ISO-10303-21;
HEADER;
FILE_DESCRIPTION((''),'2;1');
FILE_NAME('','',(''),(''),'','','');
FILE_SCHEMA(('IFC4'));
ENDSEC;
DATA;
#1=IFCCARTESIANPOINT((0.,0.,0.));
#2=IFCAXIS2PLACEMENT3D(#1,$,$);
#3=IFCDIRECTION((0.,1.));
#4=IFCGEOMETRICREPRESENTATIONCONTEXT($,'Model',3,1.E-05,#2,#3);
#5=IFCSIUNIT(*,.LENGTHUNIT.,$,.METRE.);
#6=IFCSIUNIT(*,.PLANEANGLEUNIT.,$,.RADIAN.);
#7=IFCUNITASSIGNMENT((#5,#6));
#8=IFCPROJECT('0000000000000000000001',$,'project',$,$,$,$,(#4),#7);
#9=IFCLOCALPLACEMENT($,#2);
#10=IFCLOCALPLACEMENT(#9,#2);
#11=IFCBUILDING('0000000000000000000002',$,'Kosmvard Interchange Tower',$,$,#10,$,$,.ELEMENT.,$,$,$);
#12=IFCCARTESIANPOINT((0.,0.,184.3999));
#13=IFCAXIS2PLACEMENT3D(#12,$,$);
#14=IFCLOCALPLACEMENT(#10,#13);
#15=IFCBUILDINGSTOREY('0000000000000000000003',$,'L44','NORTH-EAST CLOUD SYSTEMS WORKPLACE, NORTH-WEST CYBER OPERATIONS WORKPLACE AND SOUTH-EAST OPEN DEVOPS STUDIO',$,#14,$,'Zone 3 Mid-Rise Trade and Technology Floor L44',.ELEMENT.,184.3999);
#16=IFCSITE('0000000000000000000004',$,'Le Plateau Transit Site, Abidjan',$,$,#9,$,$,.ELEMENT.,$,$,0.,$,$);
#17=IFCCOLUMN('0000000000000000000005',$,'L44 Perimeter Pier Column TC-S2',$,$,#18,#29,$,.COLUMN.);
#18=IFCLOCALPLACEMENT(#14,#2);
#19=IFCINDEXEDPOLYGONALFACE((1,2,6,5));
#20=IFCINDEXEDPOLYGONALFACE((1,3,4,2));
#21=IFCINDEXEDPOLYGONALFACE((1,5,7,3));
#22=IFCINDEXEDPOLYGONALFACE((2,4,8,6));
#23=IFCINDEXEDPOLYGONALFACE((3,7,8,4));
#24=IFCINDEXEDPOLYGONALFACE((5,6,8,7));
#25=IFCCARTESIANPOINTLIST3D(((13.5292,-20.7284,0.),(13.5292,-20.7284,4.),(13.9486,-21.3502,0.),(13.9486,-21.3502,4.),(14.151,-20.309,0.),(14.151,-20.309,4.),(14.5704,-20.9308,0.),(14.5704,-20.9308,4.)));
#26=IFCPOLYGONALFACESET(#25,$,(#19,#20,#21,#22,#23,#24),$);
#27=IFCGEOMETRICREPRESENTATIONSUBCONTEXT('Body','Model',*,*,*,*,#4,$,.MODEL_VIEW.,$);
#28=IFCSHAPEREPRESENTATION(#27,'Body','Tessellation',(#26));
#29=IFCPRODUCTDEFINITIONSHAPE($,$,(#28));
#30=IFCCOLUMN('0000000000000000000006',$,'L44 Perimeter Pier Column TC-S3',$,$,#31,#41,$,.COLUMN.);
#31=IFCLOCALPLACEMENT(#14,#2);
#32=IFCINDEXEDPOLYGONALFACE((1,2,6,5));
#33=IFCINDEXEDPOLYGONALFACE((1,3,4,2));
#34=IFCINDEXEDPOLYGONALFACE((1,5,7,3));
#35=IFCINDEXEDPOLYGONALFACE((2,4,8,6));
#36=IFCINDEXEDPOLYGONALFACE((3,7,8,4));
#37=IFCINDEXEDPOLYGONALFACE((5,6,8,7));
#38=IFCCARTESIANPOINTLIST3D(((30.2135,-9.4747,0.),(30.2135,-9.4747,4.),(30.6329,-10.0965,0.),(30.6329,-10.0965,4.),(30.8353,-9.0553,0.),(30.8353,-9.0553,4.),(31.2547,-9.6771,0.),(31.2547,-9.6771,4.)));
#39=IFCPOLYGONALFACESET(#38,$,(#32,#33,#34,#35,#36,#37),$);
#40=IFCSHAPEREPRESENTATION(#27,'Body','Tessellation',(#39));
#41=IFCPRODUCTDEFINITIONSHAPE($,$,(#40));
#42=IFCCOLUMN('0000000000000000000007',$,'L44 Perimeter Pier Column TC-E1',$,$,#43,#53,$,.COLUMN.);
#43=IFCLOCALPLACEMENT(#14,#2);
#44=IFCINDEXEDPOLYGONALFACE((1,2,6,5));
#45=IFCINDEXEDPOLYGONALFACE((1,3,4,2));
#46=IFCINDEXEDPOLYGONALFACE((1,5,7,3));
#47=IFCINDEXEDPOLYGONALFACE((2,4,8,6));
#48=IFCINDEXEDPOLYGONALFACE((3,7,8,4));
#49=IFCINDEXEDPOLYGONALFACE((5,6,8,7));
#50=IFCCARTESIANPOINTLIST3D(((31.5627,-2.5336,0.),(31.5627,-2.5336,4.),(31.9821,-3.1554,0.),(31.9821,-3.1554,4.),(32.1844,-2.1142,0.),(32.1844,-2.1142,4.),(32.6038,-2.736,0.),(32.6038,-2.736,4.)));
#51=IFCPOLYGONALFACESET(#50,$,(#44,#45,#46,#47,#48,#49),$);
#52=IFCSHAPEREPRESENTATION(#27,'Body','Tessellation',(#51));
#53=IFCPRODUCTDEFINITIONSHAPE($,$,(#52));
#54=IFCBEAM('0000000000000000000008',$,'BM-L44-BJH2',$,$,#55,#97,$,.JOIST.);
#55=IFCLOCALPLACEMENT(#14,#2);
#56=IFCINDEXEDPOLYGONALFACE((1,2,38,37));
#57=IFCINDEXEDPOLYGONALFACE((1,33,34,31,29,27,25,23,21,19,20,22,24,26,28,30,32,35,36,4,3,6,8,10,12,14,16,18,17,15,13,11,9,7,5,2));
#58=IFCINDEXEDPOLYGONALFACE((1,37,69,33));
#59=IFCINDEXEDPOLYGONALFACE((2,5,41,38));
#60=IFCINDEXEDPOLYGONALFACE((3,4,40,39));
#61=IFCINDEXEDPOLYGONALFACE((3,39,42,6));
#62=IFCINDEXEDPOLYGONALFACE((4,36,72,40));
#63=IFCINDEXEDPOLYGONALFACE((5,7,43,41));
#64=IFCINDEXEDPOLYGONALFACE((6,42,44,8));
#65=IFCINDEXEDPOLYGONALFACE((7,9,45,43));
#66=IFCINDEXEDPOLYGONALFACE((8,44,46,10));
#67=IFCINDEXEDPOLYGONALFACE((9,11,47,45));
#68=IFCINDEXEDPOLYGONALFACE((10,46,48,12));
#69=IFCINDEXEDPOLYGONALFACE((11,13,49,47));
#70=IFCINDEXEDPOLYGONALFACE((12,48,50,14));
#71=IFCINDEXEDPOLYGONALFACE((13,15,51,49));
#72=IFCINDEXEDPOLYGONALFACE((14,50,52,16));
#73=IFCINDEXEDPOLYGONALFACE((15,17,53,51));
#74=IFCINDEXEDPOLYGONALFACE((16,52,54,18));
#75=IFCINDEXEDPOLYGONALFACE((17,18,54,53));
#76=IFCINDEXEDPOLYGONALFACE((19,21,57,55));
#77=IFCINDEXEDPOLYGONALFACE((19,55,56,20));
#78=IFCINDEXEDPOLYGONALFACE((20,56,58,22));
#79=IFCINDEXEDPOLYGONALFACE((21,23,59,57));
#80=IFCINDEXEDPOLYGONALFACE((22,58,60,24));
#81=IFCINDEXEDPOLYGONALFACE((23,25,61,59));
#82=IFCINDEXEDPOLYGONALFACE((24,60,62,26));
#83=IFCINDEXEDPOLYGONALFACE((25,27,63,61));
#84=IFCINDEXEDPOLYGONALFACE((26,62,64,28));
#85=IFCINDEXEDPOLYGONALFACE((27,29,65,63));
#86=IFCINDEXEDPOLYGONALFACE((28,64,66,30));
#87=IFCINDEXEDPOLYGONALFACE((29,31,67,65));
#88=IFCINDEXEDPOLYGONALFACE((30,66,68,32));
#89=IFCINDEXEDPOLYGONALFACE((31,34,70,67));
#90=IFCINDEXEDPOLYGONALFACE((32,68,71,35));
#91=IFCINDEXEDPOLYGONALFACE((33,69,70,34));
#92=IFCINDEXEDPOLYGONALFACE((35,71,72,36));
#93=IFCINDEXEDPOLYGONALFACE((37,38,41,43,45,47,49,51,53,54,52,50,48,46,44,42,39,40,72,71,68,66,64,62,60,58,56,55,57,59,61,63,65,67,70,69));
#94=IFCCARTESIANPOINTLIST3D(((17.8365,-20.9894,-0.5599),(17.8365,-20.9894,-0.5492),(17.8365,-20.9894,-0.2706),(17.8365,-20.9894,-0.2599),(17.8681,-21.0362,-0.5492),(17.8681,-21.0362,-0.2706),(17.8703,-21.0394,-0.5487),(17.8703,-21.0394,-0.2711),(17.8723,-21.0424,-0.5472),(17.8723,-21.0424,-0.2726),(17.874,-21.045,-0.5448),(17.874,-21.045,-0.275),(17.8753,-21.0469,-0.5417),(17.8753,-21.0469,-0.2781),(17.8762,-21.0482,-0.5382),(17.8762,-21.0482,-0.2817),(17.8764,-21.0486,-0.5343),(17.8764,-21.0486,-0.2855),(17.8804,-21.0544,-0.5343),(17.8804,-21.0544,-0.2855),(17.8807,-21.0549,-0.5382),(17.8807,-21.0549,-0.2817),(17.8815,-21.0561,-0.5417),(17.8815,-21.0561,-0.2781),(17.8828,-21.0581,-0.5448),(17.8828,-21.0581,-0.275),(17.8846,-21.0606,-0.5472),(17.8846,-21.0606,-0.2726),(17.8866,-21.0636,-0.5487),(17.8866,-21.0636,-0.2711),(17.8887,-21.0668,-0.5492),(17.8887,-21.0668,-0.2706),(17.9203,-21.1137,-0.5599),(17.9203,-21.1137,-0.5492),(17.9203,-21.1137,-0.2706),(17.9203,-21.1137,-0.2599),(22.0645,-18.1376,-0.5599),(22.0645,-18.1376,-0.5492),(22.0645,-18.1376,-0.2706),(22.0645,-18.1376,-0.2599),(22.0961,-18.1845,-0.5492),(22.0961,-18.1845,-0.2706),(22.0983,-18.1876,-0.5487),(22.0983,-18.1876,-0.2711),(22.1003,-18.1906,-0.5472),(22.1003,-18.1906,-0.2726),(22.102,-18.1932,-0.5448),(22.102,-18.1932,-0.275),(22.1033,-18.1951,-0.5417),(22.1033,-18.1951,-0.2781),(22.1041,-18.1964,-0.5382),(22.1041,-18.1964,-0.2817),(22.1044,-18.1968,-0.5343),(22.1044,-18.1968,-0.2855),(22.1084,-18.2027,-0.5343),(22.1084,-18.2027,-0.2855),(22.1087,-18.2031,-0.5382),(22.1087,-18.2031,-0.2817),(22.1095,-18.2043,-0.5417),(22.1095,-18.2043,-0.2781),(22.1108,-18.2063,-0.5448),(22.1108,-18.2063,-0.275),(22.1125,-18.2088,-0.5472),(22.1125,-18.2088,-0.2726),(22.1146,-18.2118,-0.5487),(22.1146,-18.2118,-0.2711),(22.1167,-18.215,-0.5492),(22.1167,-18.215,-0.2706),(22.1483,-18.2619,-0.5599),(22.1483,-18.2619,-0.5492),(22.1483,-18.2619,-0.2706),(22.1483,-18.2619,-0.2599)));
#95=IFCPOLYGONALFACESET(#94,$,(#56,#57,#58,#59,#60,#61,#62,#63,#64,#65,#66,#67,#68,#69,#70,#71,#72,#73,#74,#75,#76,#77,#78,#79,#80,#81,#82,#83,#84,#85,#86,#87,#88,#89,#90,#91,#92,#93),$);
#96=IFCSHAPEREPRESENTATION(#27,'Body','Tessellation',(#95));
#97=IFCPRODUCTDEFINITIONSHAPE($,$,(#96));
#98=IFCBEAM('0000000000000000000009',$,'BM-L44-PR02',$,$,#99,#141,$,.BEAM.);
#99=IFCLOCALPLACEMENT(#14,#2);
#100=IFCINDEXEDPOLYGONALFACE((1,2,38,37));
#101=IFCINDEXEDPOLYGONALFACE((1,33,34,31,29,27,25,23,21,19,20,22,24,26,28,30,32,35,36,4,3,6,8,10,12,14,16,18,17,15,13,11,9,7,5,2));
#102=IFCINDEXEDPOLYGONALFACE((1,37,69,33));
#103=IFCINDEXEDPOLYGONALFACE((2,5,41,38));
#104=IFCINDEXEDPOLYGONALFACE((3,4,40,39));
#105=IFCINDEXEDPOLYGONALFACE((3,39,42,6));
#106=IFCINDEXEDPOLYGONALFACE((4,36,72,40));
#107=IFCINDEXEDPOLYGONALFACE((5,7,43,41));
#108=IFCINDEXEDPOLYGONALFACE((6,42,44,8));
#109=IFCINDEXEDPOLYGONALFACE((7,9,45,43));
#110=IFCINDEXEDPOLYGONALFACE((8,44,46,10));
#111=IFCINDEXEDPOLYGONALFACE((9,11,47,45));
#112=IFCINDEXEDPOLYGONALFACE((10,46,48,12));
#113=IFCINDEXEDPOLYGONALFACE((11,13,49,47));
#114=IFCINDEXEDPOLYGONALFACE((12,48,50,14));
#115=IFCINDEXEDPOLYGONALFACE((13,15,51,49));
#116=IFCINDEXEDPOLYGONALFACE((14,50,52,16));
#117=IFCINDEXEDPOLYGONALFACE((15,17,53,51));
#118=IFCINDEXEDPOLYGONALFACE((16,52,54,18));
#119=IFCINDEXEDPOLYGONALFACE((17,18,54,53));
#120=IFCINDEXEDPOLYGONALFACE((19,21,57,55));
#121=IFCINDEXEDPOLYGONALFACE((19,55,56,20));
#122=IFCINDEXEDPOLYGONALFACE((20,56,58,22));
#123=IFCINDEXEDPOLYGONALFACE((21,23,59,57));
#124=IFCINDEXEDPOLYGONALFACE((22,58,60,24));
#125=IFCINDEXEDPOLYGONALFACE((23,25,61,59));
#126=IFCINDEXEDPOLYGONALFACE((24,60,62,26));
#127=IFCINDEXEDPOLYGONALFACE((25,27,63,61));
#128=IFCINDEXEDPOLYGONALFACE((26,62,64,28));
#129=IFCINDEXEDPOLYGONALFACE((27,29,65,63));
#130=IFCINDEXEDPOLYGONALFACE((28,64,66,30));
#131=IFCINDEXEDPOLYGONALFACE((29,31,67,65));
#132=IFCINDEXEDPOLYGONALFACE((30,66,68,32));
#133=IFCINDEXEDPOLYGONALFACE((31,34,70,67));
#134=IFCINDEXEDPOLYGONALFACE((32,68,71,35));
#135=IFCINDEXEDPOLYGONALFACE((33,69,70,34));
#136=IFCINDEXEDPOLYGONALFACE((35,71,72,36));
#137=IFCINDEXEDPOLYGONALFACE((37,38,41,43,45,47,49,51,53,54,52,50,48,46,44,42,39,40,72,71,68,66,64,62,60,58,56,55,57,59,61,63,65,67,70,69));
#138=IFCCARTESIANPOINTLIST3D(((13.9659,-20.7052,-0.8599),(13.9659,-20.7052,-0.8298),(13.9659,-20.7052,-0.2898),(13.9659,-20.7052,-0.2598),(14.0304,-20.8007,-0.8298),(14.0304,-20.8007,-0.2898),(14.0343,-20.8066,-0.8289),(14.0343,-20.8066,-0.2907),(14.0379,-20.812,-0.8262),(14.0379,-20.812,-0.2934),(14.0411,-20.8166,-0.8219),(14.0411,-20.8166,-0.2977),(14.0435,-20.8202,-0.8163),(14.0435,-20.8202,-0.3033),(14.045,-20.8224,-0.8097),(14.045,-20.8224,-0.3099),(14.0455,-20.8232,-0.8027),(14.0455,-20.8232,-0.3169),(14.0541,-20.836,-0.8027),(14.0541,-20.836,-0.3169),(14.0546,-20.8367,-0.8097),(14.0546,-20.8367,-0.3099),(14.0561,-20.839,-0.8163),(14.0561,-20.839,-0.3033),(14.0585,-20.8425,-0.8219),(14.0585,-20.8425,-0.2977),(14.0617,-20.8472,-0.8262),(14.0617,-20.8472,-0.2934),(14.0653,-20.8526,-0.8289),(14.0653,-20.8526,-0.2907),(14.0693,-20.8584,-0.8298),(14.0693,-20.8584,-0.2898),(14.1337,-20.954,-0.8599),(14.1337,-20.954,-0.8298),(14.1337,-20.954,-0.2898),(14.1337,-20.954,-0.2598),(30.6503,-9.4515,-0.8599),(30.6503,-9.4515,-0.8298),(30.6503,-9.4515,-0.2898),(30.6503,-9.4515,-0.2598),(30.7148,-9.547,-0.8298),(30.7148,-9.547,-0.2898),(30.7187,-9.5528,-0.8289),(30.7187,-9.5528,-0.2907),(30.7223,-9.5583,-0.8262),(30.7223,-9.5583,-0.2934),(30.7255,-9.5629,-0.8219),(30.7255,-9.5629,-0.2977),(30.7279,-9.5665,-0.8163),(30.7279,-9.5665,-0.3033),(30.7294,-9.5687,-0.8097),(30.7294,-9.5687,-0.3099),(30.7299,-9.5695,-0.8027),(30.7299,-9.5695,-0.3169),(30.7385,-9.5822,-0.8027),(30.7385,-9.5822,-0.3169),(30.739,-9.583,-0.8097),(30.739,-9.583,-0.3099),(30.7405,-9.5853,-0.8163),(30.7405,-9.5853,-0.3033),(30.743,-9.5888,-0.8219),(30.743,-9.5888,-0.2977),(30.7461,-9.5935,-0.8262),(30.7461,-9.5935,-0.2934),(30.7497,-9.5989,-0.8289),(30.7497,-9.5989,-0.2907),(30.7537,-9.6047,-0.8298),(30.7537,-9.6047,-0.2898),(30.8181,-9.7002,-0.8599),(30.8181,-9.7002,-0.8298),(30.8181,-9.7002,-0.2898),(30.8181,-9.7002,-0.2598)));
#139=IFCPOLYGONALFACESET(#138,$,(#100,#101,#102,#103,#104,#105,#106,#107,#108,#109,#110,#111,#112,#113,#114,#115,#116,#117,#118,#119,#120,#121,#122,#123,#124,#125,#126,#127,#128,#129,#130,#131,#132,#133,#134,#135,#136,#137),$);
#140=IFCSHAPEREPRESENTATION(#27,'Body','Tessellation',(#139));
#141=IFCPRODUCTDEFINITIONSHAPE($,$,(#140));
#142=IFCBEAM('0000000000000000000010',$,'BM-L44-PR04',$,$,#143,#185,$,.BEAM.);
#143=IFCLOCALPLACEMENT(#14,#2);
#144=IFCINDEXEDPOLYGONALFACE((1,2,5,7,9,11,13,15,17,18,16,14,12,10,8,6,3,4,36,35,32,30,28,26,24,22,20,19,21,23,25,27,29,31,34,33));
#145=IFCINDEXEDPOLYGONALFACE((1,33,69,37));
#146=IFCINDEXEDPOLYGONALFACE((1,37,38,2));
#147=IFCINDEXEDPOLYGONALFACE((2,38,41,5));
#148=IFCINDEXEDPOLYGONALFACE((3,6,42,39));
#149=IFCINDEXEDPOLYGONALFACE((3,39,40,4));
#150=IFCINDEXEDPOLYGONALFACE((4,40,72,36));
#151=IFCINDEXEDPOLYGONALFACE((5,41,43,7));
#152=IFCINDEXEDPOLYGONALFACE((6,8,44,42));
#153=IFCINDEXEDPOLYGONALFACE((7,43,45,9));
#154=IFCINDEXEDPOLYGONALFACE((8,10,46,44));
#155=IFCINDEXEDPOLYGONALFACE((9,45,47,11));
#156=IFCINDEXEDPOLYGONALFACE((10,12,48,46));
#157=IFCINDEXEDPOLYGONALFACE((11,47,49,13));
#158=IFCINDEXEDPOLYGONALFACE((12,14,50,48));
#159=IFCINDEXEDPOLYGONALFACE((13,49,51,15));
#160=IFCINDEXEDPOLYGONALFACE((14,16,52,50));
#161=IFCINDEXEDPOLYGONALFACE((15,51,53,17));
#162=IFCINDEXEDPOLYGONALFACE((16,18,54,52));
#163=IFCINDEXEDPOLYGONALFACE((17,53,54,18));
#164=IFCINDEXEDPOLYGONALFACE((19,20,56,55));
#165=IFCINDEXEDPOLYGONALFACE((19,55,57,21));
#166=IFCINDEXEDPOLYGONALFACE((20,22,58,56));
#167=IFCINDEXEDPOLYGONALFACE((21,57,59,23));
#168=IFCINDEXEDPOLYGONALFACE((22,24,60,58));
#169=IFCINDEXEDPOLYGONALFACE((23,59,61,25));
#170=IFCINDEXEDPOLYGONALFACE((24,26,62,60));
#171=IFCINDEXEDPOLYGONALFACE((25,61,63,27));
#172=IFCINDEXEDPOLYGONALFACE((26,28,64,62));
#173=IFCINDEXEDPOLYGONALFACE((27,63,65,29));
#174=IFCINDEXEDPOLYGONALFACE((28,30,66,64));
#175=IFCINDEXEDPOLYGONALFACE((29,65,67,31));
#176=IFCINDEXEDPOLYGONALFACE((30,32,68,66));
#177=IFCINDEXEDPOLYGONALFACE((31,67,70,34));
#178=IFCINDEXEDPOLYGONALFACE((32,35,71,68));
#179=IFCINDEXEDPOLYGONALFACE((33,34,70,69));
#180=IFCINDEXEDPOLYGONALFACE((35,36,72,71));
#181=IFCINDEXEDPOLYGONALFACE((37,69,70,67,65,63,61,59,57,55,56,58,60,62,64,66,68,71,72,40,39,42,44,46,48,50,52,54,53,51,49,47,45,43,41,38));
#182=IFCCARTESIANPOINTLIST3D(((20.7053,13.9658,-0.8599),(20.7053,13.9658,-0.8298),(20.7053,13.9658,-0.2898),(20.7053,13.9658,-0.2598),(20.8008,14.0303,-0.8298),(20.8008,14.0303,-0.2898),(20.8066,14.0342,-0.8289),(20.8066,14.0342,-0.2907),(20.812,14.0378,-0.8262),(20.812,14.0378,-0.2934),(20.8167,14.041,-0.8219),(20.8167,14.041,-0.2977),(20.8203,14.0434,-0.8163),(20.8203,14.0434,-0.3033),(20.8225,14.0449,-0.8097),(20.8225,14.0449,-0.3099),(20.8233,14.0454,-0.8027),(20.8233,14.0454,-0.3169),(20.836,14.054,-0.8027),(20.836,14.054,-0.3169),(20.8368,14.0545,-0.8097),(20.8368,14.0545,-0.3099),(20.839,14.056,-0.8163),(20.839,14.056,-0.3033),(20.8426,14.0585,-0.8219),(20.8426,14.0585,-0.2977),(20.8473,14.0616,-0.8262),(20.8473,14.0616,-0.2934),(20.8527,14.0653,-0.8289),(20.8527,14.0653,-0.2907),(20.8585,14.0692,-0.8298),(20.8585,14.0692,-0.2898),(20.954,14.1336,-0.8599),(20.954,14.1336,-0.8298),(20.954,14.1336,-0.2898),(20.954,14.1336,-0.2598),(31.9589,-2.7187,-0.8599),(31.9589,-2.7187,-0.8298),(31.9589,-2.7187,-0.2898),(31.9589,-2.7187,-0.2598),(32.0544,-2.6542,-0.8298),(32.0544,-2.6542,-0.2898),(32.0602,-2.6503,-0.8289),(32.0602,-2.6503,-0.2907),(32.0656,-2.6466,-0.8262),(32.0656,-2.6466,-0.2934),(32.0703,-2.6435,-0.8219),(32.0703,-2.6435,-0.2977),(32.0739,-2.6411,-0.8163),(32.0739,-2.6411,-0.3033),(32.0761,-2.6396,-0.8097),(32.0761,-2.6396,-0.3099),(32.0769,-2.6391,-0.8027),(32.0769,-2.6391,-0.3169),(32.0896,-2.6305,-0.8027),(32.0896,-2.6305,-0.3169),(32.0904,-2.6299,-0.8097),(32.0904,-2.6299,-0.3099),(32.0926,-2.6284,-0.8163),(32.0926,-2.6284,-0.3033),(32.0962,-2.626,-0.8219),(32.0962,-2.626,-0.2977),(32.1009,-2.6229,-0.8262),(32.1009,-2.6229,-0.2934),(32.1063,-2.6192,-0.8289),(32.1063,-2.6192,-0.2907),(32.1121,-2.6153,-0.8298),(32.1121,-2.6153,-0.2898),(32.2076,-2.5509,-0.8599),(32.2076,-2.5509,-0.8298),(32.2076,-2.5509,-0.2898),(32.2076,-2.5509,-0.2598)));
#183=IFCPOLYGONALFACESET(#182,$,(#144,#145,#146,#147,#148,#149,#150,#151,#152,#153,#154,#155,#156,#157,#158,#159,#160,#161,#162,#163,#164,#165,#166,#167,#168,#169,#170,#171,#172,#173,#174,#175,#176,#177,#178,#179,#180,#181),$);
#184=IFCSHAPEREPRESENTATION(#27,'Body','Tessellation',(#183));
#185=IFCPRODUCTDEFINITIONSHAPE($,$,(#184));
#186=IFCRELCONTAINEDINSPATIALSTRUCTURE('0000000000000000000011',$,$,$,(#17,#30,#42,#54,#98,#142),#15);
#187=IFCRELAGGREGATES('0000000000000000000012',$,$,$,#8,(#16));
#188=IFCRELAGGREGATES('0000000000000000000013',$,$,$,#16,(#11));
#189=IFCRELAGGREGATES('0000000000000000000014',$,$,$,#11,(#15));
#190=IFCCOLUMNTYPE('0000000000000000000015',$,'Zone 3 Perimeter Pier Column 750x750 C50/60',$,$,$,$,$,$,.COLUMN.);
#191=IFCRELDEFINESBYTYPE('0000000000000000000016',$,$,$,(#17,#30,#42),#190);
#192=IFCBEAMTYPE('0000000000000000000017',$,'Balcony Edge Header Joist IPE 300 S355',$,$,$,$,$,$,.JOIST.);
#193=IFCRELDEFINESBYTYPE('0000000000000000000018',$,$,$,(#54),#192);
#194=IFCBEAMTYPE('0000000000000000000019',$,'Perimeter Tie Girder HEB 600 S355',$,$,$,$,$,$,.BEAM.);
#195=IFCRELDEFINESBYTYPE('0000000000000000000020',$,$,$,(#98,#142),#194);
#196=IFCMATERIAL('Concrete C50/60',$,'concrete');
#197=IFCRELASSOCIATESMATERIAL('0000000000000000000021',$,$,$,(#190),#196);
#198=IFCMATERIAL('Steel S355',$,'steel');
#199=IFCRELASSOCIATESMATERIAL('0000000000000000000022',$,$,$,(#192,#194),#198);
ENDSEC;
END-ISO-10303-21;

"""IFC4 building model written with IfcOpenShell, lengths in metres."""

from ifc_helpers import new_model, si_unit, direction, frame, origin, origin_2d, place, context, subcontext, project, spatial, rectangle, i_section, extrude, source, transform, mapped, material, material_profile, profile_set, type_object, element, save


model = new_model("IFC4")

# Units and contexts
model_context = context("Model", 3, precision=1e-05, world=origin(), true_north=direction((0.0, 1.0)))
body_context = subcontext(model_context, "Body", "Model", "MODEL_VIEW")
ifc_project = project(units=[si_unit("LENGTHUNIT", "METRE"), si_unit("PLANEANGLEUNIT", "RADIAN")], contexts=[model_context])

# Site, building, storey
site_placement = place(None, origin())
site = spatial("IfcSite", under=ifc_project, at=site_placement, Name="Le Plateau Transit Site, Abidjan", CompositionType="ELEMENT", RefElevation=0.0)
building_placement = place(site_placement, origin())
building = spatial("IfcBuilding", under=site, at=building_placement, Name="Kosmvard Interchange Tower", CompositionType="ELEMENT")
storey_placement = place(building_placement, frame((0.0, 0.0, 184.3999)))
storey = spatial("IfcBuildingStorey", under=building, at=storey_placement, Name="L44", Description="NORTH-EAST CLOUD SYSTEMS WORKPLACE, NORTH-WEST CYBER OPERATIONS WORKPLACE AND SOUTH-EAST OPEN DEVOPS STUDIO", LongName="Zone 3 Mid-Rise Trade and Technology Floor L44", CompositionType="ELEMENT", Elevation=184.3999)

# Columns
ifc_material_1 = material(Name="Concrete C50/60", Category="concrete")
ifc_material_profile_1 = material_profile(ifc_material_1, rectangle(XDim=0.75, YDim=0.75, at=origin_2d()), Name="TC 750x750")
ifc_profile_set_1 = profile_set([ifc_material_profile_1], Name="Concrete C50/60")
column_type = type_object("IfcColumnType", Name="Zone 3 Perimeter Pier Column 750x750 C50/60", PredefinedType="COLUMN", material=ifc_profile_set_1)
shared_shape_1 = source(origin(), body_context, "Body", "SweptSolid", [
    extrude(rectangle(XDim=0.75, YDim=0.75, at=origin_2d()), origin(), (0.0, 0.0, 1.0), 4.0),
])
for number, where, z_axis, x_axis, name in (
    (1, (14.0498, -20.8296, 0.0), (0.0, 0.0, 1.0), (0.829038, 0.559193, 0.0), "L44 Perimeter Pier Column TC-S2"),
    (2, (30.7341, -9.5759, 0.0), (0.0, 0.0, 1.0), (0.829038, 0.559193, 0.0), "L44 Perimeter Pier Column TC-S3"),
    (3, (32.0833, -2.6348, 0.0), (0.0, 0.0, 1.0), (0.829038, 0.559193, 0.0), "L44 Perimeter Pier Column TC-E1"),
):
    element("IfcColumn", number, at=place(storey_placement, frame(where, z_axis=z_axis, x_axis=x_axis)), inside=storey, type_object=column_type, Name=name, PredefinedType="COLUMN", context=body_context, shape_type="MappedRepresentation", body=[
        mapped(shared_shape_1, transform((0.0, 0.0, 0.0), scale=1.0)),
    ])

# Beams
ifc_material_2 = material(Name="Steel S355", Category="steel")
ifc_material_profile_2 = material_profile(ifc_material_2, i_section(OverallWidth=0.1499, OverallDepth=0.3, WebThickness=0.0071, FlangeThickness=0.0107, FilletRadius=0.0149, at=origin_2d()), Name="IPE 300")
ifc_profile_set_2 = profile_set([ifc_material_profile_2], Name="Steel S355")
beam_type_1 = type_object("IfcBeamType", Name="Balcony Edge Header Joist IPE 300 S355", PredefinedType="JOIST", material=ifc_profile_set_2)
shared_shape_2 = source(origin(), body_context, "Body", "SweptSolid", [
    extrude(i_section(OverallWidth=0.1499, OverallDepth=0.3, WebThickness=0.0071, FlangeThickness=0.0107, FilletRadius=0.0149, at=origin_2d()), origin(), (0.0, 0.0, 1.0), 5.0999),
])
beam_1_placement = place(storey_placement, frame((17.8784, -21.0515, -0.4099), z_axis=(0.829041, 0.559188, 0.0), x_axis=(-0.559188, 0.829041, 0.0)))
element("IfcBeam", 4, at=beam_1_placement, inside=storey, type_object=beam_type_1, Name="BM-L44-BJH2", PredefinedType="JOIST", context=body_context, shape_type="MappedRepresentation", body=[
    mapped(shared_shape_2, transform((0.0, 0.0, 0.0), scale=1.0)),
])
ifc_material_profile_3 = material_profile(ifc_material_2, i_section(OverallWidth=0.3, OverallDepth=0.6001, WebThickness=0.0154, FlangeThickness=0.03, FilletRadius=0.0271, at=origin_2d()), Name="HEB 600")
ifc_profile_set_3 = profile_set([ifc_material_profile_3], Name="Steel S355")
beam_type_2 = type_object("IfcBeamType", Name="Perimeter Tie Girder HEB 600 S355", PredefinedType="BEAM", material=ifc_profile_set_3)
shared_shape_3 = source(origin(), body_context, "Body", "SweptSolid", [
    extrude(i_section(OverallWidth=0.3, OverallDepth=0.6001, WebThickness=0.0154, FlangeThickness=0.03, FilletRadius=0.0271, at=origin_2d()), origin(), (0.0, 0.0, 1.0), 20.125),
])
for number, where, z_axis, x_axis, name in (
    (5, (14.0498, -20.8296, -0.5598), (0.829039, 0.559191, 0.0), (-0.559191, 0.829039, 0.0), "BM-L44-PR02"),
    (6, (32.0833, -2.6348, -0.5598), (-0.559185, 0.829043, 0.0), (-0.829043, -0.559185, 0.0), "BM-L44-PR04"),
):
    element("IfcBeam", number, at=place(storey_placement, frame(where, z_axis=z_axis, x_axis=x_axis)), inside=storey, type_object=beam_type_2, Name=name, PredefinedType="BEAM", context=body_context, shape_type="MappedRepresentation", body=[
        mapped(shared_shape_3, transform((0.0, 0.0, 0.0), scale=1.0)),
    ])

save(model, "model.ifc")
